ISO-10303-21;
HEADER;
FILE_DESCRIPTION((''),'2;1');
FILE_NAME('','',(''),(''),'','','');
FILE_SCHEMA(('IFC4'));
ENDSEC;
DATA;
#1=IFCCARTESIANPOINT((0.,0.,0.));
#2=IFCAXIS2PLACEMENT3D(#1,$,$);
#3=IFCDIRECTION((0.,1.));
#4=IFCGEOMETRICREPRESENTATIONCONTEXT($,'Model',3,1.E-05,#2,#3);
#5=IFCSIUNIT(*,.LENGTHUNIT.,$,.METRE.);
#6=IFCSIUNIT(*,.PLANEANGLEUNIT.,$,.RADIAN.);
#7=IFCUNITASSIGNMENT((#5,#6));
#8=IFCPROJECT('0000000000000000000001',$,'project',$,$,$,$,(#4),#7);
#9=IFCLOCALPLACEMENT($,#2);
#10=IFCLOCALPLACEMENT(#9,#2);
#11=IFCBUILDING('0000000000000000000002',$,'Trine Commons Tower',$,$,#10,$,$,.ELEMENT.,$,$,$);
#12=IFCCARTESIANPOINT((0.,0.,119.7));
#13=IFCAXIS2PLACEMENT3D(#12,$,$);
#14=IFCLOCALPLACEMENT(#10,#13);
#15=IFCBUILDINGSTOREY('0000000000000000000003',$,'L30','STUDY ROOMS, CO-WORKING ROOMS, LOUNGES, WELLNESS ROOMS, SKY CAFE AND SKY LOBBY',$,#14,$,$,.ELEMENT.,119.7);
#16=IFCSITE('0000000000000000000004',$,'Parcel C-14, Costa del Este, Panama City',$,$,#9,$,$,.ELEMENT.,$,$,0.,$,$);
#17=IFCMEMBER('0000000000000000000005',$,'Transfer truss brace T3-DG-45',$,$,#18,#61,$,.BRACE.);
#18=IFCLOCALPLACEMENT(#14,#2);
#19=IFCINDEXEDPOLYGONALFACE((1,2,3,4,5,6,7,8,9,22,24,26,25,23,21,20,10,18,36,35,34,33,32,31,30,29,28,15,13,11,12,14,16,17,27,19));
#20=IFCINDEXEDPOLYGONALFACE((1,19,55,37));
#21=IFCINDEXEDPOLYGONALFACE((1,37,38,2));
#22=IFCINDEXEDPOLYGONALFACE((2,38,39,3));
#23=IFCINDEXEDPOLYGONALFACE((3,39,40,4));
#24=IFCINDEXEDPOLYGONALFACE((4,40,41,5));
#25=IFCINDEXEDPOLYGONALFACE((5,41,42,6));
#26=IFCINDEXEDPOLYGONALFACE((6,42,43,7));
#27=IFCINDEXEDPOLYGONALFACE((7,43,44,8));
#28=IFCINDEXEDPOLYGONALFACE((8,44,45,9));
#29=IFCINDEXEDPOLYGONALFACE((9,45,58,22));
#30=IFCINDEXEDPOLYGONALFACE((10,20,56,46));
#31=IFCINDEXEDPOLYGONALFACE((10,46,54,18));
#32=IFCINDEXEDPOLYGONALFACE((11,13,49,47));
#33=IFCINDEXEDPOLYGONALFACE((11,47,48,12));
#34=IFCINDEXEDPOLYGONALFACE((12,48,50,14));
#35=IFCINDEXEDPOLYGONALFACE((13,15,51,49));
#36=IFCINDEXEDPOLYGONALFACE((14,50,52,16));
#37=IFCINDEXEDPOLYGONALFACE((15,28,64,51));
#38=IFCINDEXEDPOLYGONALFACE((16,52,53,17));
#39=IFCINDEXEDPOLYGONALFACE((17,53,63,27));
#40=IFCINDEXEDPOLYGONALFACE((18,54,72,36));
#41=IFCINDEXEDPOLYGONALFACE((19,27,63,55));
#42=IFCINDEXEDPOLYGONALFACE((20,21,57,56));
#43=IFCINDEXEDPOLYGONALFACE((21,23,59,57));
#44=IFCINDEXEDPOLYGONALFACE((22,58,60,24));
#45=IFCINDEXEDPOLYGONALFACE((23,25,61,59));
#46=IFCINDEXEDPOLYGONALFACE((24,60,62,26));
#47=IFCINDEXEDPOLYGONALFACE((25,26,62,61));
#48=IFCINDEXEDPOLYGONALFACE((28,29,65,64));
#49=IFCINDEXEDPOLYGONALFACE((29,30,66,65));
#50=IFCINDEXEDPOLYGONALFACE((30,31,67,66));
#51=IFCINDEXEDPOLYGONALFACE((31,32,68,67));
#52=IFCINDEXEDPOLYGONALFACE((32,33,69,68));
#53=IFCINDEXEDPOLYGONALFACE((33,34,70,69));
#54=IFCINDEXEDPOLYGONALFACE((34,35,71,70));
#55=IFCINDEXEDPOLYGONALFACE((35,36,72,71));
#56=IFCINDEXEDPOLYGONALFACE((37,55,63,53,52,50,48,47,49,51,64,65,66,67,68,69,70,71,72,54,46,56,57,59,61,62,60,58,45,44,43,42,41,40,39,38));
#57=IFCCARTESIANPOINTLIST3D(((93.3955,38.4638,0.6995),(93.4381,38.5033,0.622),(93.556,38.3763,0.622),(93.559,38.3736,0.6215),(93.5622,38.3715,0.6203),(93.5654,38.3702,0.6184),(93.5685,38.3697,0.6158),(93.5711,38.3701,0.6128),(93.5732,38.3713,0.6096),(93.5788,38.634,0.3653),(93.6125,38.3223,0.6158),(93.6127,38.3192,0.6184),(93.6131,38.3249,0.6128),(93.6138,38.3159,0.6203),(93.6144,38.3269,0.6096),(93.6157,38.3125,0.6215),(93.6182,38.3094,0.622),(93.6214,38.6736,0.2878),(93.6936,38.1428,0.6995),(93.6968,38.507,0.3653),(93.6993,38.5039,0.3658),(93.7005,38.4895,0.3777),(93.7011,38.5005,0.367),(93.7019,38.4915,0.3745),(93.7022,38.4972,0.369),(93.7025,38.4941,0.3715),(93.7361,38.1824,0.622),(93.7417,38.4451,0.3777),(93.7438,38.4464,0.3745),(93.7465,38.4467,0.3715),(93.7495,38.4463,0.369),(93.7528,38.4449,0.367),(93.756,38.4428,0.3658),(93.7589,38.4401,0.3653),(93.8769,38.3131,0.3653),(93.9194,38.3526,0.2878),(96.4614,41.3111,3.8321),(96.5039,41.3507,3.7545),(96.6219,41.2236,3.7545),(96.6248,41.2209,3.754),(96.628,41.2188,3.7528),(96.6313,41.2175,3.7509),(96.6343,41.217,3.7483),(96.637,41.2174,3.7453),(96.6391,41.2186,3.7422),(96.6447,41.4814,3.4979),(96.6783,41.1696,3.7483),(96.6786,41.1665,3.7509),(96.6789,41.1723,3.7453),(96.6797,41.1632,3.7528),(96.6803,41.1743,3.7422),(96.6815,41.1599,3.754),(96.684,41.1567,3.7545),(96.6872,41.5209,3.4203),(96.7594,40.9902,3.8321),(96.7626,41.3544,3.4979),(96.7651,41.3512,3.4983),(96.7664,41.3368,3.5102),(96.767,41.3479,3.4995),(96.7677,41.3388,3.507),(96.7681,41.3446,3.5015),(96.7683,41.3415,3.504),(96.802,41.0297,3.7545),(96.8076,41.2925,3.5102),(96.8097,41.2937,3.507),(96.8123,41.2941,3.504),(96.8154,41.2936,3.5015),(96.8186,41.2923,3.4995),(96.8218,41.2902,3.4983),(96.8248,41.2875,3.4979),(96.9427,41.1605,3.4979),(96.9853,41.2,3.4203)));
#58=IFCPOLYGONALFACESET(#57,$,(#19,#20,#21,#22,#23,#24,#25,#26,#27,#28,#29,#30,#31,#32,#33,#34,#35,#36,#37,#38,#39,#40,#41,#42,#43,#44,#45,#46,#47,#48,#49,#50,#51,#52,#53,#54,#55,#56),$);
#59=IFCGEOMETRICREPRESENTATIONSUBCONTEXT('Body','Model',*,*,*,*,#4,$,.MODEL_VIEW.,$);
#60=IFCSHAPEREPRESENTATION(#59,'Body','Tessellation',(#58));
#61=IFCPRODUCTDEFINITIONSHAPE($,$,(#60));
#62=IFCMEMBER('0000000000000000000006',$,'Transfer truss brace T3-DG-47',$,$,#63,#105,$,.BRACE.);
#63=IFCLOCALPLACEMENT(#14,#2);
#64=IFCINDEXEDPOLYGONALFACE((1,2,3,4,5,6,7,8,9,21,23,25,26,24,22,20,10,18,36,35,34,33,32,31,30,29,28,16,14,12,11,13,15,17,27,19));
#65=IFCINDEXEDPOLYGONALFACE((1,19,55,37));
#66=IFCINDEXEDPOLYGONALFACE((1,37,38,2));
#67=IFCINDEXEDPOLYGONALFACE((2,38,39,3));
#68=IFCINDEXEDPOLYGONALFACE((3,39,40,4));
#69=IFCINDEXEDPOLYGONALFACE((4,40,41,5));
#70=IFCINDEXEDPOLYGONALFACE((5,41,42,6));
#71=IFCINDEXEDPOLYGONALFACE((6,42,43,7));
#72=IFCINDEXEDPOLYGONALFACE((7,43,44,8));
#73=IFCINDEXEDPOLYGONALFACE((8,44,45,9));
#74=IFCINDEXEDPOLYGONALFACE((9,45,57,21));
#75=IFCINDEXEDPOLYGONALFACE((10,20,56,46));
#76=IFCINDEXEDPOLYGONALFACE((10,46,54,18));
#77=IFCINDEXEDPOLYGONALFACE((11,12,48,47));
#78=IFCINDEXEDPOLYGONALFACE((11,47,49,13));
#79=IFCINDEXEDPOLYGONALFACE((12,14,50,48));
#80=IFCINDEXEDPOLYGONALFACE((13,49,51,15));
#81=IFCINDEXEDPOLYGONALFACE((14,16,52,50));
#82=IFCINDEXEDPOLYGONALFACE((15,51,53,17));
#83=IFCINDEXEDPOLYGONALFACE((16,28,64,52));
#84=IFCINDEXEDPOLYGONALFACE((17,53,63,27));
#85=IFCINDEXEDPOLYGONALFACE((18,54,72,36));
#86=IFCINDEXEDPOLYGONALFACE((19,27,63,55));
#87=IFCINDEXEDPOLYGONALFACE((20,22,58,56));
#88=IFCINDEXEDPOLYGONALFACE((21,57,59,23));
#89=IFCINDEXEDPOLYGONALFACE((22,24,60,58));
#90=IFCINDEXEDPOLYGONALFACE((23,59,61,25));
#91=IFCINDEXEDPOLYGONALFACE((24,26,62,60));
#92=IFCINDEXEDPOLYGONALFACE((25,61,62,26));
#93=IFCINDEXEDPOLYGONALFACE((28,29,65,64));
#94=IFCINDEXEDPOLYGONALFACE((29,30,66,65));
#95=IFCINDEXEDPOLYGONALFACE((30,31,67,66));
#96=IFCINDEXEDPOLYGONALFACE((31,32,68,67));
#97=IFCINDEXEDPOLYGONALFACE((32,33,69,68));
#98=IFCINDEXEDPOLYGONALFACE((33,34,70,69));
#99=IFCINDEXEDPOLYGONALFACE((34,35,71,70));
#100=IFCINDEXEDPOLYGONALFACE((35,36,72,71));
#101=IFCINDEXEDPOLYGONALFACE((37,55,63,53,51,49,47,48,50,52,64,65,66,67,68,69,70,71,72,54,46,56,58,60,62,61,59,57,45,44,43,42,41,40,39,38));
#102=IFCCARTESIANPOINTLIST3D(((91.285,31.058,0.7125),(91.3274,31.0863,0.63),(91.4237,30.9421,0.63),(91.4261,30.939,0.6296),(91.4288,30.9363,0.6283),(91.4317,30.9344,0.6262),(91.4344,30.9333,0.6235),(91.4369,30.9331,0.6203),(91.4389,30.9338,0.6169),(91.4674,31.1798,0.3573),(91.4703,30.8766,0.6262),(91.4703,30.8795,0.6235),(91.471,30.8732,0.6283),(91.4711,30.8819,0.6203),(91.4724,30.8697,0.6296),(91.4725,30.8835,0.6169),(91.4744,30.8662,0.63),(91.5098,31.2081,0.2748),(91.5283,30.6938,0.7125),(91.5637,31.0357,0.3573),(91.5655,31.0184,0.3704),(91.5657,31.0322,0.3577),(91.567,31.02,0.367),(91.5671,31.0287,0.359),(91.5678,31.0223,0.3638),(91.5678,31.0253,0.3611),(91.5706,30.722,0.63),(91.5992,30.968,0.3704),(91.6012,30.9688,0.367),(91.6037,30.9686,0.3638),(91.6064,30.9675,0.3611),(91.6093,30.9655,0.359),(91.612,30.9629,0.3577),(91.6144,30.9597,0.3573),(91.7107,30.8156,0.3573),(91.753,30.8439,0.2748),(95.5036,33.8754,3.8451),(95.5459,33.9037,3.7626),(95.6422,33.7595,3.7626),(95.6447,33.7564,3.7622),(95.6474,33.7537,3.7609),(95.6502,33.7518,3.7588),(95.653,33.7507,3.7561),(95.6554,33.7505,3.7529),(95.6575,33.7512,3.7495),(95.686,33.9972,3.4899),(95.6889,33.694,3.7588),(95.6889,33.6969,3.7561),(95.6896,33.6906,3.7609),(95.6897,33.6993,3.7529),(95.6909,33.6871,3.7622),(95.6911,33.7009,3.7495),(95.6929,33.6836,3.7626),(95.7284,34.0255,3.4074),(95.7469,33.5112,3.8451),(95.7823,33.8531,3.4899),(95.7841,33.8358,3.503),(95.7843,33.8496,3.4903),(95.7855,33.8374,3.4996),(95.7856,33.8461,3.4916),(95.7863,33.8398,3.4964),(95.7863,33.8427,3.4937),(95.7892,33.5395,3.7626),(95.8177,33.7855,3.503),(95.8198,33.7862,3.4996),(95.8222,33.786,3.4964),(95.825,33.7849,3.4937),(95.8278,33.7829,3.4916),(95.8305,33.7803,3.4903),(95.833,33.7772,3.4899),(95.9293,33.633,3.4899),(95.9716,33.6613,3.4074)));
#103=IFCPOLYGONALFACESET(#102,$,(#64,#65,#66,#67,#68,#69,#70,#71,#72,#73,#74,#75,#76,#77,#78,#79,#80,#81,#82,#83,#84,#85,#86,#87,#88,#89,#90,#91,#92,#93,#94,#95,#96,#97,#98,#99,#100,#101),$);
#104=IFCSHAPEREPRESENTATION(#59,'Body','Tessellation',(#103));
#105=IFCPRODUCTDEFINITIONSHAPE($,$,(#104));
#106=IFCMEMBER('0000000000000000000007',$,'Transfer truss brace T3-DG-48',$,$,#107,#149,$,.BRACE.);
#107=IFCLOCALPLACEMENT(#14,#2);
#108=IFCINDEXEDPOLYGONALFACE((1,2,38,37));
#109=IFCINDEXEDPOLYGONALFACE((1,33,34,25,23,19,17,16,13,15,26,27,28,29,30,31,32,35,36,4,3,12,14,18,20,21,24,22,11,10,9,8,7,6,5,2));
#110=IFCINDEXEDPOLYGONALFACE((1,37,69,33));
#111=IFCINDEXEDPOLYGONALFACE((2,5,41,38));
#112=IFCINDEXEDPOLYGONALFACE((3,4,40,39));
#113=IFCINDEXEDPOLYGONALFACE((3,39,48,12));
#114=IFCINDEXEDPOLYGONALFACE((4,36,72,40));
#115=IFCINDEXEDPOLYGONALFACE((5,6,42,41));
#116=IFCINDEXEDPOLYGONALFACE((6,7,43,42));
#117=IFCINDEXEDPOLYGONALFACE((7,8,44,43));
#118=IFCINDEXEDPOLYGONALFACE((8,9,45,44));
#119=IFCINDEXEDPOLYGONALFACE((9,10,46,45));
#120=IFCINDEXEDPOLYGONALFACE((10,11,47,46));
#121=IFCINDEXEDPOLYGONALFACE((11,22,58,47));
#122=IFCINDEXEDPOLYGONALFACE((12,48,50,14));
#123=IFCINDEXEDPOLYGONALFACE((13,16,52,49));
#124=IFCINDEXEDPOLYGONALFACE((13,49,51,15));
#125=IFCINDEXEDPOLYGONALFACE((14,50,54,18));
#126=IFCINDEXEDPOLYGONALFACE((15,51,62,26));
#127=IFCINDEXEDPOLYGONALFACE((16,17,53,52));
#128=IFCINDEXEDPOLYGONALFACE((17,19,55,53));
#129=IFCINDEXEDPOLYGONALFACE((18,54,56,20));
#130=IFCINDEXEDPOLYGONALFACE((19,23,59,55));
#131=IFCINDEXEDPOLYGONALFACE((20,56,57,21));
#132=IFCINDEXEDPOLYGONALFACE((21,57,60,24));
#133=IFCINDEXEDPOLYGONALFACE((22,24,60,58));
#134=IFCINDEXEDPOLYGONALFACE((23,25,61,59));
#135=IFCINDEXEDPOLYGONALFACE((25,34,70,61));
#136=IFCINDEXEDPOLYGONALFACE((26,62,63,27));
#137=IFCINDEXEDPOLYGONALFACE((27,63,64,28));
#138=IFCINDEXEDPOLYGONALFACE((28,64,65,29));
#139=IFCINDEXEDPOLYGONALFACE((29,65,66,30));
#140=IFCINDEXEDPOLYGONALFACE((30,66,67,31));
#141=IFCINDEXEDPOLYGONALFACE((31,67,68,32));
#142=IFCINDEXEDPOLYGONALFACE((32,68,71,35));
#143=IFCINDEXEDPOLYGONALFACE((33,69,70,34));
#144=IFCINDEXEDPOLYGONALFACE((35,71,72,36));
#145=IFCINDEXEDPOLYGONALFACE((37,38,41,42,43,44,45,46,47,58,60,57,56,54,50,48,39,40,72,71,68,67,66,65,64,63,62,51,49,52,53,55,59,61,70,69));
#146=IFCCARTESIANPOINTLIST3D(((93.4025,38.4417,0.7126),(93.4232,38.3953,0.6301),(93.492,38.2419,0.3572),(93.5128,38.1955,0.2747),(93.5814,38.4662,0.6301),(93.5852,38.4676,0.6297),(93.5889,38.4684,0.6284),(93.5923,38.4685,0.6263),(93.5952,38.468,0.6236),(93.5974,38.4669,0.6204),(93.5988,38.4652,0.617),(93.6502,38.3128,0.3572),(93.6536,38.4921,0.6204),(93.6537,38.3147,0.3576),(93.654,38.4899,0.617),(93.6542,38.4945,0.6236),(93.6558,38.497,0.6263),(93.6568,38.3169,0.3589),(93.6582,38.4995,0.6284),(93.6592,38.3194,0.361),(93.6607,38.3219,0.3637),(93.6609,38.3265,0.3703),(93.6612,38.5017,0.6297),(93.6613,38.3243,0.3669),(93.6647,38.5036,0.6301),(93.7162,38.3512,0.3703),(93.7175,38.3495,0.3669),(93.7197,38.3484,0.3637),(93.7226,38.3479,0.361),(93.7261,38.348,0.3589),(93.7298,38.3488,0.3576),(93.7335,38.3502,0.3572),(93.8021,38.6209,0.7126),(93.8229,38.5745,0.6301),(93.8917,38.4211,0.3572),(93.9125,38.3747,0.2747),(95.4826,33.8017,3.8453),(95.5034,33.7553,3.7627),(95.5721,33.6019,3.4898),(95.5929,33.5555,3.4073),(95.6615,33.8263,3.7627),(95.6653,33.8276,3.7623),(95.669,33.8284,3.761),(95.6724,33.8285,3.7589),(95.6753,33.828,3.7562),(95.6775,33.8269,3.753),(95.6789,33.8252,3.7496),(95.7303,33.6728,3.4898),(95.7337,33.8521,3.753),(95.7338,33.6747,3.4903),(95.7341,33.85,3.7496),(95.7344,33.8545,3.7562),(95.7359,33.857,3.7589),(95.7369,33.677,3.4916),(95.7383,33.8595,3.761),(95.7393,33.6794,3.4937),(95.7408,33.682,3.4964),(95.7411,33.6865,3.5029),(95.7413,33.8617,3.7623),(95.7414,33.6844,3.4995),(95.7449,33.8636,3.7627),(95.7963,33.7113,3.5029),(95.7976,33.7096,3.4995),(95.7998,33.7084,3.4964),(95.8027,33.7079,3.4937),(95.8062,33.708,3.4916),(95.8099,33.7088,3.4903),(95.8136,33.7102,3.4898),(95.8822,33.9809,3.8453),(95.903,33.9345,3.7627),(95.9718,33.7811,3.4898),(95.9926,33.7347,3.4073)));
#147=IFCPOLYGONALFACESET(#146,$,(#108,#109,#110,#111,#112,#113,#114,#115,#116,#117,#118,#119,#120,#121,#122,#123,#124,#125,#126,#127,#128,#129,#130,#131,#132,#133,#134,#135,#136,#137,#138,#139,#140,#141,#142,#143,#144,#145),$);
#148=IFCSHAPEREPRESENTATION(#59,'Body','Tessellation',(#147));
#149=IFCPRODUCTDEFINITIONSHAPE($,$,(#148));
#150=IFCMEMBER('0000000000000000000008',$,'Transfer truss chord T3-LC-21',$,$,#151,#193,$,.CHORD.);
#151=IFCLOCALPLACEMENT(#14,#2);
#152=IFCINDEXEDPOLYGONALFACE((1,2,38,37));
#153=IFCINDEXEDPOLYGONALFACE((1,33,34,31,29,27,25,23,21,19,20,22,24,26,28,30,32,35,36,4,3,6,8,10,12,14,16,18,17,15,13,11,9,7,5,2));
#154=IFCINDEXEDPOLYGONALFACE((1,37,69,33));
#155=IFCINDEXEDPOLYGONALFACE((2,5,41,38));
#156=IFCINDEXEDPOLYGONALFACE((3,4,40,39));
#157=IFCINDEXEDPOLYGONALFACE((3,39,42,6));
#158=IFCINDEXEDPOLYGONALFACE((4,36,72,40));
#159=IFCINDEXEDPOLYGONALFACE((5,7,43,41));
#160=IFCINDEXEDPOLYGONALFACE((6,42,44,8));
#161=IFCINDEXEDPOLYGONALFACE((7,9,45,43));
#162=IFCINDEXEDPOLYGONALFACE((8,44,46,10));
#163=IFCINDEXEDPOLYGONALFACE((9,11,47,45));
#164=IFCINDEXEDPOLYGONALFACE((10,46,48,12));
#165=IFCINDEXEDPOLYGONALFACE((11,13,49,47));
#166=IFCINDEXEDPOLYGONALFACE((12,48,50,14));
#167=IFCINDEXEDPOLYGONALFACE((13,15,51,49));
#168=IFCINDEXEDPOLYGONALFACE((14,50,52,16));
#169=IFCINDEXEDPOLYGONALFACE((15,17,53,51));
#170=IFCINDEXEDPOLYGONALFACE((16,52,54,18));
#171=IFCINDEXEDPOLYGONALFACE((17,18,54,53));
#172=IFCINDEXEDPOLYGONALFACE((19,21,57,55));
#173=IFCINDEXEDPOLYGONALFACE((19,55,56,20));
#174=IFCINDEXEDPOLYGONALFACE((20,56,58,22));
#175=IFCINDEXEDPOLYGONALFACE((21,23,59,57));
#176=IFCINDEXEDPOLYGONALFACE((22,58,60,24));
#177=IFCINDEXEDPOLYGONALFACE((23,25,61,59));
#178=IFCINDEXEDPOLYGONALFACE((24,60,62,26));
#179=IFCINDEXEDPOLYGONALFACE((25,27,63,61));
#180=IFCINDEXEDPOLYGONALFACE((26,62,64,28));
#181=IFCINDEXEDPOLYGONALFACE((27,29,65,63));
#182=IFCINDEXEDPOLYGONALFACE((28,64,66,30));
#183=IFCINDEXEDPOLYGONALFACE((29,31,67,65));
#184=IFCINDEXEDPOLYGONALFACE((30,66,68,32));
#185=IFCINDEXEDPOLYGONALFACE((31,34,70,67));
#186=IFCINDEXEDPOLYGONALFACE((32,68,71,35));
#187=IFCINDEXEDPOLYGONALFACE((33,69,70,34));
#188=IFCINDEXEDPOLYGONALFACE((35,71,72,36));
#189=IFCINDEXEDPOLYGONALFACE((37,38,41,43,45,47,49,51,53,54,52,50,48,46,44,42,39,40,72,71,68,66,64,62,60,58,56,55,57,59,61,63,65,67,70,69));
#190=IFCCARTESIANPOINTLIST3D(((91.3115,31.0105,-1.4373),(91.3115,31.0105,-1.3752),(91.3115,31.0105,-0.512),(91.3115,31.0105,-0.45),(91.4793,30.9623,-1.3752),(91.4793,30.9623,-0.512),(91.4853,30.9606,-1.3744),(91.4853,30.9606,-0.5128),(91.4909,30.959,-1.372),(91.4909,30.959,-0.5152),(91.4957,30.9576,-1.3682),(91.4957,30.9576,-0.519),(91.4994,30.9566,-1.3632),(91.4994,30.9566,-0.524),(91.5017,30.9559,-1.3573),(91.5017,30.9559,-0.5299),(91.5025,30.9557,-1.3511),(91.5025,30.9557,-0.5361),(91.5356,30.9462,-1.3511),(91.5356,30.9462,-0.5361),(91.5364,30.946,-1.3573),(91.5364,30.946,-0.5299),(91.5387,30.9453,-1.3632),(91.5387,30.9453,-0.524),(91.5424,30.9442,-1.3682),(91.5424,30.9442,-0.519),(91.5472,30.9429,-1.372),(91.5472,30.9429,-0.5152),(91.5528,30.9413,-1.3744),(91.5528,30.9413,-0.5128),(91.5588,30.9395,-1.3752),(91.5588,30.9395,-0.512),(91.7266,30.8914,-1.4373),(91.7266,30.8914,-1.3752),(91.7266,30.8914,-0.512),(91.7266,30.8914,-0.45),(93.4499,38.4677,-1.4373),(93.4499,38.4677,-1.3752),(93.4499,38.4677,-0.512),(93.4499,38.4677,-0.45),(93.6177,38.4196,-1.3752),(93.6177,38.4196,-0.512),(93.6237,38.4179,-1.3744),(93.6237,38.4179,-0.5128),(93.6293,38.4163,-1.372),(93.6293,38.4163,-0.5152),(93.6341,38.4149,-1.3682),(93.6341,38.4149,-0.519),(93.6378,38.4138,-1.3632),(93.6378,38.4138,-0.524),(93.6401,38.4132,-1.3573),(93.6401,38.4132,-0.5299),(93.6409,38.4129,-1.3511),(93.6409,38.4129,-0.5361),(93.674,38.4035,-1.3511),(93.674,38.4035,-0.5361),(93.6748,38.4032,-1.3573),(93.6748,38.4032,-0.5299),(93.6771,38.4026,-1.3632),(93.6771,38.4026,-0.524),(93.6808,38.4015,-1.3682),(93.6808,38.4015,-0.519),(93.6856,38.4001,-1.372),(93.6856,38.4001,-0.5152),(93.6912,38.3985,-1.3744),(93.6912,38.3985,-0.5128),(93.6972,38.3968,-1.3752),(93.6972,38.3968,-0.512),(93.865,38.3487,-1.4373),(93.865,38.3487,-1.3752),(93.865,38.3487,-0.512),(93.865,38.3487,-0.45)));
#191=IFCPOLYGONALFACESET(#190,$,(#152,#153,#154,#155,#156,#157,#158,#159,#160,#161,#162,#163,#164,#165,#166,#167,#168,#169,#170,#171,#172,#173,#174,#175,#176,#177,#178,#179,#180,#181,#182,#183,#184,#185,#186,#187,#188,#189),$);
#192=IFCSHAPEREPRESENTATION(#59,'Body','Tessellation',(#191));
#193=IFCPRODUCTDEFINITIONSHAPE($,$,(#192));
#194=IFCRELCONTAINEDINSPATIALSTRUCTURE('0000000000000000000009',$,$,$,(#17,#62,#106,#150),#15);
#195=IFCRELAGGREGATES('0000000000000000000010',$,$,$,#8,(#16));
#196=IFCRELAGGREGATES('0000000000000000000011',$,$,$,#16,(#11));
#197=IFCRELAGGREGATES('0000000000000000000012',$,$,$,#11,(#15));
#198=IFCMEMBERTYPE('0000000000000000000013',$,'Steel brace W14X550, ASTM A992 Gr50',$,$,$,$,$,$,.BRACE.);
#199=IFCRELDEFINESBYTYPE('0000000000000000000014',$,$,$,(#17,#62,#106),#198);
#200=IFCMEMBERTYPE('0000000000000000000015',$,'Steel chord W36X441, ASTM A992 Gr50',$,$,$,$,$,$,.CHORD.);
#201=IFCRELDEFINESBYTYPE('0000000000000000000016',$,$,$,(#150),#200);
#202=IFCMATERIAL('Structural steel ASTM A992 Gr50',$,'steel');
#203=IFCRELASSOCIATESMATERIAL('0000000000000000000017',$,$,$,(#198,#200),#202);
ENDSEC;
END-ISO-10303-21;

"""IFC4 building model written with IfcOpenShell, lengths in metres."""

from ifc_helpers import new_model, si_unit, direction, frame, origin, origin_2d, place, context, subcontext, project, spatial, i_section, extrude, material, material_profile, profile_set, type_object, element, save


model = new_model("IFC4")

# Units and contexts
model_context = context("Model", 3, precision=1e-05, world=origin(), true_north=direction((0.0, 1.0)))
body_context = subcontext(model_context, "Body", "Model", "MODEL_VIEW")
ifc_project = project(units=[si_unit("LENGTHUNIT", "METRE"), si_unit("PLANEANGLEUNIT", "RADIAN")], contexts=[model_context])

# Site, building, storey
site_placement = place(None, origin())
site = spatial("IfcSite", under=ifc_project, at=site_placement, Name="Parcel C-14, Costa del Este, Panama City", CompositionType="ELEMENT", RefElevation=0.0)
building_placement = place(site_placement, origin())
building = spatial("IfcBuilding", under=site, at=building_placement, Name="Trine Commons Tower", CompositionType="ELEMENT")
storey_placement = place(building_placement, frame((0.0, 0.0, 119.7)))
storey = spatial("IfcBuildingStorey", under=building, at=storey_placement, Name="L30", Description="STUDY ROOMS, CO-WORKING ROOMS, LOUNGES, WELLNESS ROOMS, SKY CAFE AND SKY LOBBY", CompositionType="ELEMENT", Elevation=119.7)

# Shared definitions
ifc_material_1 = material(Name="Structural steel ASTM A992 Gr50", Category="steel")

# Members
ifc_material_profile_1 = material_profile(ifc_material_1, i_section(OverallWidth=0.438, OverallDepth=0.5144, WebThickness=0.0605, FlangeThickness=0.0969, FilletRadius=0.0154, at=origin_2d()), Name="W14X550")
ifc_profile_set_1 = profile_set([ifc_material_profile_1], Name="Structural steel ASTM A992 Gr50")
member_type_1 = type_object("IfcMemberType", Name="Steel brace W14X550, ASTM A992 Gr50", PredefinedType="BRACE", material=ifc_profile_set_1)
member_1_placement = place(storey_placement, frame((93.6575, 38.4082, 0.4937), z_axis=(0.586564, 0.54476, 0.599315), x_axis=(-0.680514, 0.732735, 0.0)))
element("IfcMember", 1, at=member_1_placement, inside=storey, type_object=member_type_1, Name="Transfer truss brace T3-DG-45", PredefinedType="BRACE", context=body_context, shape_type="SweptSolid", body=[
    extrude(i_section(OverallWidth=0.438, OverallDepth=0.5144, WebThickness=0.0605, FlangeThickness=0.0969, FilletRadius=0.0154, at=origin_2d()), origin(), (0.0, 0.0, 1.0), 5.2268),
])
member_2_placement = place(storey_placement, frame((91.519, 30.9509, 0.4937), z_axis=(0.707556, 0.47255, 0.525415), x_axis=(-0.555389, 0.831591, 0.0)))
element("IfcMember", 2, at=member_2_placement, inside=storey, type_object=member_type_1, Name="Transfer truss brace T3-DG-47", PredefinedType="BRACE", context=body_context, shape_type="SweptSolid", body=[
    extrude(i_section(OverallWidth=0.438, OverallDepth=0.5144, WebThickness=0.0605, FlangeThickness=0.0969, FilletRadius=0.0154, at=origin_2d()), origin(), (0.0, 0.0, 1.0), 5.9622),
])
member_3_placement = place(storey_placement, frame((93.6575, 38.4082, 0.4937), z_axis=(0.348288, -0.776903, 0.524517), x_axis=(0.9125, 0.409077, 0.0)))
element("IfcMember", 3, at=member_3_placement, inside=storey, type_object=member_type_1, Name="Transfer truss brace T3-DG-48", PredefinedType="BRACE", context=body_context, shape_type="SweptSolid", body=[
    extrude(i_section(OverallWidth=0.438, OverallDepth=0.5144, WebThickness=0.0605, FlangeThickness=0.0969, FilletRadius=0.0154, at=origin_2d()), origin(), (0.0, 0.0, 1.0), 5.9724),
])
ifc_material_profile_2 = material_profile(ifc_material_1, i_section(OverallWidth=0.4319, OverallDepth=0.9873, WebThickness=0.0344, FlangeThickness=0.062, FilletRadius=0.0242, at=origin_2d()), Name="W36X441")
ifc_profile_set_2 = profile_set([ifc_material_profile_2], Name="Structural steel ASTM A992 Gr50")
member_type_2 = type_object("IfcMemberType", Name="Steel chord W36X441, ASTM A992 Gr50", PredefinedType="CHORD", material=ifc_profile_set_2)
member_4_placement = place(storey_placement, frame((93.6575, 38.4082, -0.9436), z_axis=(-0.275648, -0.961259, 0.0), x_axis=(0.961259, -0.275648, 0.0)))
element("IfcMember", 4, at=member_4_placement, inside=storey, type_object=member_type_2, Name="Transfer truss chord T3-LC-21", PredefinedType="CHORD", context=body_context, shape_type="SweptSolid", body=[
    extrude(i_section(OverallWidth=0.4319, OverallDepth=0.9873, WebThickness=0.0344, FlangeThickness=0.062, FilletRadius=0.0242, at=origin_2d()), origin(), (0.0, 0.0, 1.0), 7.7578),
])

save(model, "model.ifc")
